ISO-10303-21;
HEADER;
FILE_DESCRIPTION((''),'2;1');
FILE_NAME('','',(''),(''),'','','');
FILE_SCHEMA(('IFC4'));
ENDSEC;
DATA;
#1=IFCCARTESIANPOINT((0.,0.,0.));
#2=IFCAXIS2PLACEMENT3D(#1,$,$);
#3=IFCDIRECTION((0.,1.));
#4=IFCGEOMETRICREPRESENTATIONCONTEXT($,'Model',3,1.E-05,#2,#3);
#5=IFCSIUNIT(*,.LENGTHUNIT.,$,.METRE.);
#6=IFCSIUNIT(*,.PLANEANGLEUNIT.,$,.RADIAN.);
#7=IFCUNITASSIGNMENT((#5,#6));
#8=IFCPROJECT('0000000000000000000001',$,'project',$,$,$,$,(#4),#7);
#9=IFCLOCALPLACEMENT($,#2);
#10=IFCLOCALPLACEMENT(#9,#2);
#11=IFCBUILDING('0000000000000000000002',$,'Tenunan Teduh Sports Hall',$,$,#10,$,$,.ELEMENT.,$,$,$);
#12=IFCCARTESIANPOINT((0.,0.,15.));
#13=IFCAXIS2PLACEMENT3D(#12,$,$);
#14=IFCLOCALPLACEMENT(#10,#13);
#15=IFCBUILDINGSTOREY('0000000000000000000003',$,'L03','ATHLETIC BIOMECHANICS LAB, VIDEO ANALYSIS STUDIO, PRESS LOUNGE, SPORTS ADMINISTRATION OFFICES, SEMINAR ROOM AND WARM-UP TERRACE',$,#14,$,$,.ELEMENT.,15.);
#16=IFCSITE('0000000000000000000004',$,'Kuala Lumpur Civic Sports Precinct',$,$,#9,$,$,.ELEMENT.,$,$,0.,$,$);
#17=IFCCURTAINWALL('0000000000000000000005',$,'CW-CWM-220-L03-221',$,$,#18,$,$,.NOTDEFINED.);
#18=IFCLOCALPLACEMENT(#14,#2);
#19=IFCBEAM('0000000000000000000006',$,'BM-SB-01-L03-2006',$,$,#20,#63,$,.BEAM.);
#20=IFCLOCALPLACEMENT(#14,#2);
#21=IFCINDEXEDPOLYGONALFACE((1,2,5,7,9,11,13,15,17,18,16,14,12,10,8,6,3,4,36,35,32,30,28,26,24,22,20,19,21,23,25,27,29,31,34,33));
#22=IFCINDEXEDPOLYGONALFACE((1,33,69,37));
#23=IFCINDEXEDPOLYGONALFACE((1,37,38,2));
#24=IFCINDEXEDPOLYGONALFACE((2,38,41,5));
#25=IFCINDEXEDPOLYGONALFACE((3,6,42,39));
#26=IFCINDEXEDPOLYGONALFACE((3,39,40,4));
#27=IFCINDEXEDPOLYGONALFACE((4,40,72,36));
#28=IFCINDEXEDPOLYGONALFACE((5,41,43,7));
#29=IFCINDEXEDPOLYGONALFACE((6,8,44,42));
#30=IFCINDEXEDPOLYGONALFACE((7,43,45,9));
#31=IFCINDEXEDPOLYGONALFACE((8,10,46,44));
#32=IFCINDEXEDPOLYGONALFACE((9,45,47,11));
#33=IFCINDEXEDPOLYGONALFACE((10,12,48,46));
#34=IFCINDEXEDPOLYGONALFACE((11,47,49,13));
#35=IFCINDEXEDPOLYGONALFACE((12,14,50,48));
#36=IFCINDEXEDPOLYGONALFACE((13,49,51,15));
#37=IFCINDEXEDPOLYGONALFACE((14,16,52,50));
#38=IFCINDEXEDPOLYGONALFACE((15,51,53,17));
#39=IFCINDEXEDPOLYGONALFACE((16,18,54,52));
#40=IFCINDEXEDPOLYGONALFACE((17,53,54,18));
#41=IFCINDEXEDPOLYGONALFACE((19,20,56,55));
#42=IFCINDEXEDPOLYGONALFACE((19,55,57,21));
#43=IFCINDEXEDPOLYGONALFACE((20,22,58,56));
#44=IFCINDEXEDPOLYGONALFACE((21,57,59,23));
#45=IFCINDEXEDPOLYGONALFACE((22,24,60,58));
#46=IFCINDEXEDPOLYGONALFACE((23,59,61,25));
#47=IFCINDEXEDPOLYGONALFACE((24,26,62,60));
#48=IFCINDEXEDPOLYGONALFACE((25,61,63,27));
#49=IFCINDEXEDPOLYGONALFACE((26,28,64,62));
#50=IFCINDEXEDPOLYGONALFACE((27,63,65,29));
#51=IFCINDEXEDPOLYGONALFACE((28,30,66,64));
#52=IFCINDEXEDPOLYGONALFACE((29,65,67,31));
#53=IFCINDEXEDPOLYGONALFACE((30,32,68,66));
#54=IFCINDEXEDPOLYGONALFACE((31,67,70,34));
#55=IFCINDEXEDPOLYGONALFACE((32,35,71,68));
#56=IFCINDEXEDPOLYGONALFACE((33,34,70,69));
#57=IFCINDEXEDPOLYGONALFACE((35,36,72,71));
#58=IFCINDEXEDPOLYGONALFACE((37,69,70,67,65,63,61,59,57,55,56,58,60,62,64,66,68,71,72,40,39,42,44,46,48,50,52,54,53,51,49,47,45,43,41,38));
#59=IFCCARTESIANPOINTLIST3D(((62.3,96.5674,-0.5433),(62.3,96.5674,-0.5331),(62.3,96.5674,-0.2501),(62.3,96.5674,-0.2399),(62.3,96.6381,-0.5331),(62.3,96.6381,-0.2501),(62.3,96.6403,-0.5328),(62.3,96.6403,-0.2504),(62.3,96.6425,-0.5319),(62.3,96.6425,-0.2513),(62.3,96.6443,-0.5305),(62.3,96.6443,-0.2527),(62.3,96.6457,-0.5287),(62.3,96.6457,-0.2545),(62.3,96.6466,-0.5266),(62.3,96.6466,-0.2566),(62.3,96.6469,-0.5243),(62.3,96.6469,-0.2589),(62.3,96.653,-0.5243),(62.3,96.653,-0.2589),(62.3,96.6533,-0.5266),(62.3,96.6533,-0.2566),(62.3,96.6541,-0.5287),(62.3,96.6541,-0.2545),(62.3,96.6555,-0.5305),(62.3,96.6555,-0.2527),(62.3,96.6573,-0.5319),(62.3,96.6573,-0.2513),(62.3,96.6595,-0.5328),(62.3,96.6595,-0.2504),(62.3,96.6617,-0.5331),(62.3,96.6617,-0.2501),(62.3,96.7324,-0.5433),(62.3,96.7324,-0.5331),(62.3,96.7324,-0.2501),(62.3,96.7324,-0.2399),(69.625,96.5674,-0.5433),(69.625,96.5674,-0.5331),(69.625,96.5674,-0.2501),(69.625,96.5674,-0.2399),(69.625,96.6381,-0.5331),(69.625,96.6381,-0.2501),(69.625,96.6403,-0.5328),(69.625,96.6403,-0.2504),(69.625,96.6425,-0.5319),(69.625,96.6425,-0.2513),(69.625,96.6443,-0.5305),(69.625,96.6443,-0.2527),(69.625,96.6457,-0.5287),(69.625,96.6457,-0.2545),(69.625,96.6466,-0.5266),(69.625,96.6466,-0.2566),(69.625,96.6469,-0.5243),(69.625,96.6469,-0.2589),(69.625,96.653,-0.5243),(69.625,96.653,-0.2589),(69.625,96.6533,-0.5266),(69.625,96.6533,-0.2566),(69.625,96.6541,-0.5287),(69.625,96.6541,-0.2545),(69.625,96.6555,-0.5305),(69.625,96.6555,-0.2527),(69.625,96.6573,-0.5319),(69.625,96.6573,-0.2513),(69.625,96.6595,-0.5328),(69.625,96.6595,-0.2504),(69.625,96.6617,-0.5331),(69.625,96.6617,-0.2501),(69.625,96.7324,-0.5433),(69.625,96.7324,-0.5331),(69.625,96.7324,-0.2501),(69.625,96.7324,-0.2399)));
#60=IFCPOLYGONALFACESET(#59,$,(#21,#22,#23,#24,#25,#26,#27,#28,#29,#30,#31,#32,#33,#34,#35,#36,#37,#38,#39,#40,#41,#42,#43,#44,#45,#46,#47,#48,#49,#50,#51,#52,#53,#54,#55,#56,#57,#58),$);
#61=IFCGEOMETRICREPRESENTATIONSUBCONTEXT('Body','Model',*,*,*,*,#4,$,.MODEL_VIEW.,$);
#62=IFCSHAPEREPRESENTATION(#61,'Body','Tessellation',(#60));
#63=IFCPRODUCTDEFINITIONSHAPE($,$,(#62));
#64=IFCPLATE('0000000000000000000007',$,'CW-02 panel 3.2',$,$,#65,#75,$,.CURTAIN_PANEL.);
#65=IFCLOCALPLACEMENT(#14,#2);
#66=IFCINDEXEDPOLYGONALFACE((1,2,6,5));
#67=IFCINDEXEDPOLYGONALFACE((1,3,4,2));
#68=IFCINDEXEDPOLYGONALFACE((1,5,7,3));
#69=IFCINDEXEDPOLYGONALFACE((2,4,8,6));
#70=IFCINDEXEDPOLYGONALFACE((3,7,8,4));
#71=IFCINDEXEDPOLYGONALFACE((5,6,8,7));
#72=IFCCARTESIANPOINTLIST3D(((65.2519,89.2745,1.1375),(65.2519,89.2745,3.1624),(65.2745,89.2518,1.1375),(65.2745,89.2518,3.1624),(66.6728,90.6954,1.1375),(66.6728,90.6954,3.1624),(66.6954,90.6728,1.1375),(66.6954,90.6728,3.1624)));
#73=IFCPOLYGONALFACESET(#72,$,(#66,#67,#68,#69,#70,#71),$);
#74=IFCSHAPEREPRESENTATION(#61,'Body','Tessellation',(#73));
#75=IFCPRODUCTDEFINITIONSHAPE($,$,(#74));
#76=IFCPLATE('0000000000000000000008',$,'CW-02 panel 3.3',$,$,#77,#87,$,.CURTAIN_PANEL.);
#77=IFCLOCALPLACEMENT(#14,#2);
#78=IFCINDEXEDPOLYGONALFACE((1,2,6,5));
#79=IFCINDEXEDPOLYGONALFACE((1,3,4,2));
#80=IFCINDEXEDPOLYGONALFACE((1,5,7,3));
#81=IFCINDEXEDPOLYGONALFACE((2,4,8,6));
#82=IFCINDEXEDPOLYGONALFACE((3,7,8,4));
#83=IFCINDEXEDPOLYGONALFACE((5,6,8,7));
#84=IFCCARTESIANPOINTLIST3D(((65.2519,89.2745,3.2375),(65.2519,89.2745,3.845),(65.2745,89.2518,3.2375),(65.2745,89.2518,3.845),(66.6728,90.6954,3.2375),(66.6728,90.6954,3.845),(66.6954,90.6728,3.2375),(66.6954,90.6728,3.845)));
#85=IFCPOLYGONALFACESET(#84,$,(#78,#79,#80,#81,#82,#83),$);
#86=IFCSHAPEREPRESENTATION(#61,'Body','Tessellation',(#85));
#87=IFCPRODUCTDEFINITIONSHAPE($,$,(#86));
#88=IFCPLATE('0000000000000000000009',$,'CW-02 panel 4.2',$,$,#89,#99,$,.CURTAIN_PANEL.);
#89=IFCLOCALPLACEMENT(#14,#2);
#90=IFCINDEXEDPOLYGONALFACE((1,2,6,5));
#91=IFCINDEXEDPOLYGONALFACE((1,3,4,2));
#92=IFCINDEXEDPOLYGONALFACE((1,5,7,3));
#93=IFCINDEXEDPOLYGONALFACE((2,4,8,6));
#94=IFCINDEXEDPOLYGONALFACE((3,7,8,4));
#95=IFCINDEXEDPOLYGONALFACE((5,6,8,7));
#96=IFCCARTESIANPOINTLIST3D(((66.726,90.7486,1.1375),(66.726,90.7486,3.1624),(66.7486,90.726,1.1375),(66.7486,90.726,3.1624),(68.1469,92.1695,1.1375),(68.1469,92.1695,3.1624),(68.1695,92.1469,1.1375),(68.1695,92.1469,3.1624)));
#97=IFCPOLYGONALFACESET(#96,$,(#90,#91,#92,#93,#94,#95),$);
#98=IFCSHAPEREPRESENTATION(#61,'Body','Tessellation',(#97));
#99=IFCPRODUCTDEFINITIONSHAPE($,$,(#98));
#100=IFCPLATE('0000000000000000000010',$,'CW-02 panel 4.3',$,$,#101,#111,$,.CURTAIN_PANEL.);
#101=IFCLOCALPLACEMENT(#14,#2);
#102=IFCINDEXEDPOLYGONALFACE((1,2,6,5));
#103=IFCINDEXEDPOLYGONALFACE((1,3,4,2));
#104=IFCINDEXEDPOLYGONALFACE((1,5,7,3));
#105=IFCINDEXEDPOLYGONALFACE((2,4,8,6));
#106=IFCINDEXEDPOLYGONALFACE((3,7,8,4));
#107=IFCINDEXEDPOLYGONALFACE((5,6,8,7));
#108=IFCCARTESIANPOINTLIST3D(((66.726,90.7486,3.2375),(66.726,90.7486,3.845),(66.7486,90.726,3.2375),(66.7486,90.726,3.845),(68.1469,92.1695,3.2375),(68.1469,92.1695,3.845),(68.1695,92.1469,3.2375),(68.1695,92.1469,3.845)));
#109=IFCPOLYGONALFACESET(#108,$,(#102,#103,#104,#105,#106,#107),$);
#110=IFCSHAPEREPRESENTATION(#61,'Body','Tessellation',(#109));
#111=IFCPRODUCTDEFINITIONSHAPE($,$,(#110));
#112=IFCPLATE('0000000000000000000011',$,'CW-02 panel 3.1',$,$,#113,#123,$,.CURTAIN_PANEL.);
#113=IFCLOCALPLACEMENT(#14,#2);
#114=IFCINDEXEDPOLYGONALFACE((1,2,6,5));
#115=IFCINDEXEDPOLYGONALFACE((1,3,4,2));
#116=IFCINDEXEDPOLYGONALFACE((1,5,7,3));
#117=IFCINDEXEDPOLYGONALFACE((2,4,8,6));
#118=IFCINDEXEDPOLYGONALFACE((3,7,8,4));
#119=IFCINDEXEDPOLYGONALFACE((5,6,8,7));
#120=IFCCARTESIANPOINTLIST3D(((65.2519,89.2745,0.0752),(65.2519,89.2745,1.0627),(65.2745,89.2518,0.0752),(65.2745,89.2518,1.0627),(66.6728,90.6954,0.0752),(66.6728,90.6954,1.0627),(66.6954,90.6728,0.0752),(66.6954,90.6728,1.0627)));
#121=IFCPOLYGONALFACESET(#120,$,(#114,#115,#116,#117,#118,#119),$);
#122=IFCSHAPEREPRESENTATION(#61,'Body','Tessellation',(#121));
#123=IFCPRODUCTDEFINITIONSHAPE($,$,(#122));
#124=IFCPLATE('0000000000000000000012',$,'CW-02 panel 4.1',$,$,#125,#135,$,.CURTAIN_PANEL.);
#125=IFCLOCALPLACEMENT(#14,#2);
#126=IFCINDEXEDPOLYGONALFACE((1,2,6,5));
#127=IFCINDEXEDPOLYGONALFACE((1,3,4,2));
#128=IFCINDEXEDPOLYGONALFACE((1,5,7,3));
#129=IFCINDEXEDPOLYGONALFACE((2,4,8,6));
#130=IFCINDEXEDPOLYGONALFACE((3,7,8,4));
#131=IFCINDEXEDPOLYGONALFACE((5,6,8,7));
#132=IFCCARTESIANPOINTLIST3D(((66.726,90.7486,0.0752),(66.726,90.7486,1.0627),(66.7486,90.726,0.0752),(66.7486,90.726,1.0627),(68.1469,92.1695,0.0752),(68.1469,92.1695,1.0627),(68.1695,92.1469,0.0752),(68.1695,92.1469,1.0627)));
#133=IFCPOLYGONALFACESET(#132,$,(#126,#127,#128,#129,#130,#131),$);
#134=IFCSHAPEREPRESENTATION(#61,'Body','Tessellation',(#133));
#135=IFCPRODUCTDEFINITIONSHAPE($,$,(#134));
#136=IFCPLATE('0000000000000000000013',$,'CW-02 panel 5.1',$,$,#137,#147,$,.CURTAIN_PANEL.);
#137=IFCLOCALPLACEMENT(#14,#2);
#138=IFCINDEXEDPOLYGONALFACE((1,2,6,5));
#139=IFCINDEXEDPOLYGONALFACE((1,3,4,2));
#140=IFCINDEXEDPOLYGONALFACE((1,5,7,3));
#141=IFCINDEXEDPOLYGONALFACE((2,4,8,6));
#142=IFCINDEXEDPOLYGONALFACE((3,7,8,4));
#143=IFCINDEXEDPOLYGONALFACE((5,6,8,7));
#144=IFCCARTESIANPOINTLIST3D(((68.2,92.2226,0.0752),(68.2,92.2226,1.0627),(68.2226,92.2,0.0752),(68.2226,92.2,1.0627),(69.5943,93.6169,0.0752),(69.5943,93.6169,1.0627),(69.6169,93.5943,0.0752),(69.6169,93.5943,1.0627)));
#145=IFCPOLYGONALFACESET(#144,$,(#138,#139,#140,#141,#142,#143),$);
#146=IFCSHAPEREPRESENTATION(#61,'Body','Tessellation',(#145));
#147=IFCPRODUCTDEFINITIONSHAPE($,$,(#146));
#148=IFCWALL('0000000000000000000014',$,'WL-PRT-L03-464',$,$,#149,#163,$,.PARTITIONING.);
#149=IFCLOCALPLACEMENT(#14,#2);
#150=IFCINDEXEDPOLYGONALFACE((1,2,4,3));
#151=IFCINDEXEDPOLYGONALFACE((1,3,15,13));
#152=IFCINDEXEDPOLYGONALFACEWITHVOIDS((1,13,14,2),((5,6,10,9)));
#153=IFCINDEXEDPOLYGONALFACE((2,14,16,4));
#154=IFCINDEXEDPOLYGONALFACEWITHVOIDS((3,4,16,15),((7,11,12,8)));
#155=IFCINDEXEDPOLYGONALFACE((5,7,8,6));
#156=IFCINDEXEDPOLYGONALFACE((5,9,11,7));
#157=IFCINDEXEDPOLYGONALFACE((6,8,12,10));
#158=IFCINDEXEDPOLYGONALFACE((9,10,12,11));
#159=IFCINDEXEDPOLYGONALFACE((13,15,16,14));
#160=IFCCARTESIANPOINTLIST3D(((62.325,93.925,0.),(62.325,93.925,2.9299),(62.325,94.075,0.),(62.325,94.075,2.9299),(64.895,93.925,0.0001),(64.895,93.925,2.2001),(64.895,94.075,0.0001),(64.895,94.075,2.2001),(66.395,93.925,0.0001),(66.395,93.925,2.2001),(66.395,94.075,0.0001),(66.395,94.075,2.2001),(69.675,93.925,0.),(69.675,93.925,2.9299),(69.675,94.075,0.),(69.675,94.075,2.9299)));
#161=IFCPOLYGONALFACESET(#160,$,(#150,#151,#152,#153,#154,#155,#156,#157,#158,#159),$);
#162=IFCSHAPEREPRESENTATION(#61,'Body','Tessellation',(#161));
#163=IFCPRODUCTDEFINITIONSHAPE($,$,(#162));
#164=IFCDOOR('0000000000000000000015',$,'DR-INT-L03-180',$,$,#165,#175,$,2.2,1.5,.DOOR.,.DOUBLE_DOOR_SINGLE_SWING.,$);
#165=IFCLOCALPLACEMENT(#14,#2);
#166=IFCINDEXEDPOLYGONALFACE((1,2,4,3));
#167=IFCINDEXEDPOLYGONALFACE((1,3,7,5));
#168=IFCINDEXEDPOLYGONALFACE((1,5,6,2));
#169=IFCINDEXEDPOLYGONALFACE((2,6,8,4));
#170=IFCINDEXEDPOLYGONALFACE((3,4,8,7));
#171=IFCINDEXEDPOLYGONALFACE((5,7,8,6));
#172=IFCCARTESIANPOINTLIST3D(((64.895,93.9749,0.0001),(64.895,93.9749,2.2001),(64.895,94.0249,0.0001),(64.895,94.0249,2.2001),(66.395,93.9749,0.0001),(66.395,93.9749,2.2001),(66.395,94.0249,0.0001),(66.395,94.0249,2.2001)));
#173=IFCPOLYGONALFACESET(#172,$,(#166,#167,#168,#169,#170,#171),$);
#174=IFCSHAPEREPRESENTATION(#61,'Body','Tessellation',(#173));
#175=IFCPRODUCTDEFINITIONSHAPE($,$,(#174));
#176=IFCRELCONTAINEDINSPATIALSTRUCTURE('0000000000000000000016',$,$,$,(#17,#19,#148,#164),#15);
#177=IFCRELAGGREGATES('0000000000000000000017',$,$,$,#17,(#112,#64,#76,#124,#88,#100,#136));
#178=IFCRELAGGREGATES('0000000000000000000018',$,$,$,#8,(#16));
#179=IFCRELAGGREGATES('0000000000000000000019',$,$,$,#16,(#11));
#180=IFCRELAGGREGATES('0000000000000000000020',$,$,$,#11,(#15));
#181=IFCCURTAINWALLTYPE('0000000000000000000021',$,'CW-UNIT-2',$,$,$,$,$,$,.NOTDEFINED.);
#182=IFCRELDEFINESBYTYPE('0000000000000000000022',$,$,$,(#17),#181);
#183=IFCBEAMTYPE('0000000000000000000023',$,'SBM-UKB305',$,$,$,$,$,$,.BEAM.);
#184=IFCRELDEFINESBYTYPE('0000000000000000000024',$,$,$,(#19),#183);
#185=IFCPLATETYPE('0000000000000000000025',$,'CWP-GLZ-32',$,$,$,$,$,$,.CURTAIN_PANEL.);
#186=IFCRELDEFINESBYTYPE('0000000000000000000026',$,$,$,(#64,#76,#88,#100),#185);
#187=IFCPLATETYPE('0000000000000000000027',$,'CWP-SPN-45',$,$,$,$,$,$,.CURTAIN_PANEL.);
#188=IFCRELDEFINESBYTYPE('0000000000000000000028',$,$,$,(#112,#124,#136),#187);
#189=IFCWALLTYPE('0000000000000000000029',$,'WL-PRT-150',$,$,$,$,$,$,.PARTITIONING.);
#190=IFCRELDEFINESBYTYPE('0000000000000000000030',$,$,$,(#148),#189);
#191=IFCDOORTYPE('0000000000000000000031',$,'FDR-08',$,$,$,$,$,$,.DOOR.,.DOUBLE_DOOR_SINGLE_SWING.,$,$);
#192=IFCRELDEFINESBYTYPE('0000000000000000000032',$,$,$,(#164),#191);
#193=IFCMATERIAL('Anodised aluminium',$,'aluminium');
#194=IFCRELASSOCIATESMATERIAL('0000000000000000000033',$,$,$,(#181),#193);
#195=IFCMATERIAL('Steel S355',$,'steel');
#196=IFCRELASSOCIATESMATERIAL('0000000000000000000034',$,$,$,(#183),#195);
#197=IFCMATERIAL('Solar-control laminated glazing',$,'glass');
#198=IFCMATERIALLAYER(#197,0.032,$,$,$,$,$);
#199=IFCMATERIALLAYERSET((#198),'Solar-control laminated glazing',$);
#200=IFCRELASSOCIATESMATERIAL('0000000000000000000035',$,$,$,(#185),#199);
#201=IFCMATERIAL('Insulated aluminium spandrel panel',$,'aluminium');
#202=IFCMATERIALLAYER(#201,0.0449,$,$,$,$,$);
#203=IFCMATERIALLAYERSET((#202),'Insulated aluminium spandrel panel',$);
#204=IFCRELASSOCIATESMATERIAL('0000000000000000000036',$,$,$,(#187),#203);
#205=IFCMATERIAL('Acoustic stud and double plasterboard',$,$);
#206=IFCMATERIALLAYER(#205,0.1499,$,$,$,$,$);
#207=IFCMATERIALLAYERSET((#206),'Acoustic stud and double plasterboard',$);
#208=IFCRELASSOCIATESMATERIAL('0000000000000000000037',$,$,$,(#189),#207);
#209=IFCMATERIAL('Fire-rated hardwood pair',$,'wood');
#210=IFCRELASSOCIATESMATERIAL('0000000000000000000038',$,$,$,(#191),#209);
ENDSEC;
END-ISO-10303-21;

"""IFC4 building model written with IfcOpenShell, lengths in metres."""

from ifc_helpers import new_model, si_unit, direction, frame, frame_2d, origin, origin_2d, place, context, subcontext, project, spatial, rectangle, i_section, extrude, material, layer, layer_set, material_profile, profile_set, type_object, element, fill, aggregate, save


model = new_model("IFC4")

# Units and contexts
model_context = context("Model", 3, precision=1e-05, world=origin(), true_north=direction((0.0, 1.0)))
body_context = subcontext(model_context, "Body", "Model", "MODEL_VIEW")
ifc_project = project(units=[si_unit("LENGTHUNIT", "METRE"), si_unit("PLANEANGLEUNIT", "RADIAN")], contexts=[model_context])

# Site, building, storey
site_placement = place(None, origin())
site = spatial("IfcSite", under=ifc_project, at=site_placement, Name="Kuala Lumpur Civic Sports Precinct", CompositionType="ELEMENT", RefElevation=0.0)
building_placement = place(site_placement, origin())
building = spatial("IfcBuilding", under=site, at=building_placement, Name="Tenunan Teduh Sports Hall", CompositionType="ELEMENT")
storey_placement = place(building_placement, frame((0.0, 0.0, 15.0)))
storey = spatial("IfcBuildingStorey", under=building, at=storey_placement, Name="L03", Description="ATHLETIC BIOMECHANICS LAB, VIDEO ANALYSIS STUDIO, PRESS LOUNGE, SPORTS ADMINISTRATION OFFICES, SEMINAR ROOM AND WARM-UP TERRACE", CompositionType="ELEMENT", Elevation=15.0)

# Curtain wall
ifc_material_1 = material(Name="Anodised aluminium", Category="aluminium")
curtain_wall_type = type_object("IfcCurtainWallType", Name="CW-UNIT-2", PredefinedType="NOTDEFINED", material=ifc_material_1)
curtain_wall_placement = place(storey_placement, origin())
curtain_wall = element("IfcCurtainWall", 1, at=curtain_wall_placement, inside=storey, type_object=curtain_wall_type, Name="CW-CWM-220-L03-221", PredefinedType="NOTDEFINED")

# Beam
ifc_material_2 = material(Name="Steel S355", Category="steel")
ifc_material_profile_1 = material_profile(ifc_material_2, i_section(OverallWidth=0.165, OverallDepth=0.3035, WebThickness=0.0061, FlangeThickness=0.0103, FilletRadius=0.0088, at=origin_2d()), Name="UKB 305x165x40")
ifc_profile_set_1 = profile_set([ifc_material_profile_1], Name="Steel S355")
beam_type = type_object("IfcBeamType", Name="SBM-UKB305", PredefinedType="BEAM", material=ifc_profile_set_1)
beam_placement = place(storey_placement, frame((62.3, 96.6499, -0.3916), z_axis=(1.0, 0.0, 0.0), x_axis=(0.0, 1.0, 0.0)))
element("IfcBeam", 2, at=beam_placement, inside=storey, type_object=beam_type, Name="BM-SB-01-L03-2006", PredefinedType="BEAM", context=body_context, shape_type="SweptSolid", body=[
    extrude(i_section(OverallWidth=0.165, OverallDepth=0.3035, WebThickness=0.0061, FlangeThickness=0.0103, FilletRadius=0.0088, at=origin_2d()), origin(), (0.0, 0.0, 1.0), 7.325),
])

# Plates
ifc_material_3 = material(Name="Solar-control laminated glazing", Category="glass")
ifc_layer_1 = layer(ifc_material_3, 0.032)
ifc_layer_set_1 = layer_set([ifc_layer_1], Name="Solar-control laminated glazing")
plate_type_1 = type_object("IfcPlateType", Name="CWP-GLZ-32", PredefinedType="CURTAIN_PANEL", material=ifc_layer_set_1)
plate_1_placement = place(storey_placement, frame((65.9736, 89.9736, 1.1375), z_axis=(0.0, 0.0, 1.0), x_axis=(0.707102, 0.707112, 0.0)))
plate_1 = element("IfcPlate", 3, at=plate_1_placement, type_object=plate_type_1, Name="CW-02 panel 3.2", PredefinedType="CURTAIN_PANEL", context=body_context, shape_type="SweptSolid", body=[
    extrude(rectangle(XDim=2.0095, YDim=0.032, at=origin_2d()), origin(), (0.0, 0.0, 1.0), 2.0249),
])
plate_2_placement = place(storey_placement, frame((65.9736, 89.9736, 3.2375), z_axis=(0.0, 0.0, 1.0), x_axis=(0.707102, 0.707112, 0.0)))
plate_2 = element("IfcPlate", 4, at=plate_2_placement, type_object=plate_type_1, Name="CW-02 panel 3.3", PredefinedType="CURTAIN_PANEL", context=body_context, shape_type="SweptSolid", body=[
    extrude(rectangle(XDim=2.0095, YDim=0.032, at=origin_2d()), origin(), (0.0, 0.0, 1.0), 0.6074),
])
plate_3_placement = place(storey_placement, frame((67.4478, 91.4478, 1.1375), z_axis=(0.0, 0.0, 1.0), x_axis=(0.707102, 0.707112, 0.0)))
plate_3 = element("IfcPlate", 5, at=plate_3_placement, type_object=plate_type_1, Name="CW-02 panel 4.2", PredefinedType="CURTAIN_PANEL", context=body_context, shape_type="SweptSolid", body=[
    extrude(rectangle(XDim=2.0095, YDim=0.032, at=origin_2d()), origin(), (0.0, 0.0, 1.0), 2.0249),
])
plate_4_placement = place(storey_placement, frame((67.4478, 91.4478, 3.2375), z_axis=(0.0, 0.0, 1.0), x_axis=(0.707102, 0.707112, 0.0)))
plate_4 = element("IfcPlate", 6, at=plate_4_placement, type_object=plate_type_1, Name="CW-02 panel 4.3", PredefinedType="CURTAIN_PANEL", context=body_context, shape_type="SweptSolid", body=[
    extrude(rectangle(XDim=2.0095, YDim=0.032, at=origin_2d()), origin(), (0.0, 0.0, 1.0), 0.6074),
])
ifc_material_4 = material(Name="Insulated aluminium spandrel panel", Category="aluminium")
ifc_layer_2 = layer(ifc_material_4, 0.0449)
ifc_layer_set_2 = layer_set([ifc_layer_2], Name="Insulated aluminium spandrel panel")
plate_type_2 = type_object("IfcPlateType", Name="CWP-SPN-45", PredefinedType="CURTAIN_PANEL", material=ifc_layer_set_2)
plate_5_placement = place(storey_placement, frame((65.9736, 89.9736, 0.0752), z_axis=(0.0, 0.0, 1.0), x_axis=(0.707102, 0.707112, 0.0)))
plate_5 = element("IfcPlate", 7, at=plate_5_placement, type_object=plate_type_2, Name="CW-02 panel 3.1", PredefinedType="CURTAIN_PANEL", context=body_context, shape_type="SweptSolid", body=[
    extrude(rectangle(XDim=2.0095, YDim=0.032, at=origin_2d()), origin(), (0.0, 0.0, 1.0), 0.9875),
])
plate_6_placement = place(storey_placement, frame((67.4478, 91.4478, 0.0752), z_axis=(0.0, 0.0, 1.0), x_axis=(0.707102, 0.707112, 0.0)))
plate_6 = element("IfcPlate", 8, at=plate_6_placement, type_object=plate_type_2, Name="CW-02 panel 4.1", PredefinedType="CURTAIN_PANEL", context=body_context, shape_type="SweptSolid", body=[
    extrude(rectangle(XDim=2.0095, YDim=0.032, at=origin_2d()), origin(), (0.0, 0.0, 1.0), 0.9875),
])
plate_7_placement = place(storey_placement, frame((68.9084, 92.9084, 0.0752), z_axis=(0.0, 0.0, 1.0), x_axis=(0.707102, 0.707112, 0.0)))
plate_7 = element("IfcPlate", 9, at=plate_7_placement, type_object=plate_type_2, Name="CW-02 panel 5.1", PredefinedType="CURTAIN_PANEL", context=body_context, shape_type="SweptSolid", body=[
    extrude(rectangle(XDim=1.9719, YDim=0.032, at=origin_2d()), origin(), (0.0, 0.0, 1.0), 0.9875),
])
aggregate(curtain_wall, [plate_5, plate_1, plate_2, plate_6, plate_3, plate_4, plate_7])

# Wall, opening, door
ifc_material_5 = material(Name="Acoustic stud and double plasterboard")
ifc_layer_3 = layer(ifc_material_5, 0.1499)
ifc_layer_set_3 = layer_set([ifc_layer_3], Name="Acoustic stud and double plasterboard")
wall_type = type_object("IfcWallType", Name="WL-PRT-150", PredefinedType="PARTITIONING", material=ifc_layer_set_3)
wall_placement = place(storey_placement, frame((62.325, 94.0, 0.0), z_axis=(0.0, 0.0, 1.0), x_axis=(1.0, 0.0, 0.0)))
wall = element("IfcWall", 10, at=wall_placement, inside=storey, type_object=wall_type, Name="WL-PRT-L03-464", PredefinedType="PARTITIONING", context=body_context, shape_type="SweptSolid", body=[
    extrude(rectangle(XDim=7.3501, YDim=0.1499, at=frame_2d((3.675, 0.0))), origin(), (0.0, 0.0, 1.0), 2.9299),
])
opening_placement = place(wall_placement, frame((2.5701, 0.0, 0.0)))
opening = element("IfcOpeningElement", 11, at=opening_placement, cuts=wall, PredefinedType="OPENING", context=body_context, shape_type="SweptSolid", body=[
    extrude(rectangle(XDim=1.5, YDim=2.2, at=frame_2d((0.75, 1.1001))), frame((0.0, 0.085, 0.0), z_axis=(0.0, -1.0, 0.0), x_axis=(1.0, 0.0, 0.0)), (0.0, 0.0, 1.0), 0.1699),
])
ifc_material_6 = material(Name="Fire-rated hardwood pair", Category="wood")
door_type = type_object("IfcDoorType", Name="FDR-08", OperationType="DOUBLE_DOOR_SINGLE_SWING", PredefinedType="DOOR", material=ifc_material_6)
door_placement = place(opening_placement, origin())
door = element("IfcDoor", 12, at=door_placement, inside=storey, type_object=door_type, Name="DR-INT-L03-180", OperationType="DOUBLE_DOOR_SINGLE_SWING", OverallHeight=2.2, OverallWidth=1.5, PredefinedType="DOOR", context=body_context, shape_type="SweptSolid", body=[
    extrude(rectangle(XDim=1.5, YDim=2.2, at=frame_2d((0.75, 1.1001))), frame((0.0, 0.0249, 0.0), z_axis=(0.0, -1.0, 0.0), x_axis=(1.0, 0.0, 0.0)), (0.0, 0.0, 1.0), 0.05),
])
fill(opening, door)

save(model, "model.ifc")
